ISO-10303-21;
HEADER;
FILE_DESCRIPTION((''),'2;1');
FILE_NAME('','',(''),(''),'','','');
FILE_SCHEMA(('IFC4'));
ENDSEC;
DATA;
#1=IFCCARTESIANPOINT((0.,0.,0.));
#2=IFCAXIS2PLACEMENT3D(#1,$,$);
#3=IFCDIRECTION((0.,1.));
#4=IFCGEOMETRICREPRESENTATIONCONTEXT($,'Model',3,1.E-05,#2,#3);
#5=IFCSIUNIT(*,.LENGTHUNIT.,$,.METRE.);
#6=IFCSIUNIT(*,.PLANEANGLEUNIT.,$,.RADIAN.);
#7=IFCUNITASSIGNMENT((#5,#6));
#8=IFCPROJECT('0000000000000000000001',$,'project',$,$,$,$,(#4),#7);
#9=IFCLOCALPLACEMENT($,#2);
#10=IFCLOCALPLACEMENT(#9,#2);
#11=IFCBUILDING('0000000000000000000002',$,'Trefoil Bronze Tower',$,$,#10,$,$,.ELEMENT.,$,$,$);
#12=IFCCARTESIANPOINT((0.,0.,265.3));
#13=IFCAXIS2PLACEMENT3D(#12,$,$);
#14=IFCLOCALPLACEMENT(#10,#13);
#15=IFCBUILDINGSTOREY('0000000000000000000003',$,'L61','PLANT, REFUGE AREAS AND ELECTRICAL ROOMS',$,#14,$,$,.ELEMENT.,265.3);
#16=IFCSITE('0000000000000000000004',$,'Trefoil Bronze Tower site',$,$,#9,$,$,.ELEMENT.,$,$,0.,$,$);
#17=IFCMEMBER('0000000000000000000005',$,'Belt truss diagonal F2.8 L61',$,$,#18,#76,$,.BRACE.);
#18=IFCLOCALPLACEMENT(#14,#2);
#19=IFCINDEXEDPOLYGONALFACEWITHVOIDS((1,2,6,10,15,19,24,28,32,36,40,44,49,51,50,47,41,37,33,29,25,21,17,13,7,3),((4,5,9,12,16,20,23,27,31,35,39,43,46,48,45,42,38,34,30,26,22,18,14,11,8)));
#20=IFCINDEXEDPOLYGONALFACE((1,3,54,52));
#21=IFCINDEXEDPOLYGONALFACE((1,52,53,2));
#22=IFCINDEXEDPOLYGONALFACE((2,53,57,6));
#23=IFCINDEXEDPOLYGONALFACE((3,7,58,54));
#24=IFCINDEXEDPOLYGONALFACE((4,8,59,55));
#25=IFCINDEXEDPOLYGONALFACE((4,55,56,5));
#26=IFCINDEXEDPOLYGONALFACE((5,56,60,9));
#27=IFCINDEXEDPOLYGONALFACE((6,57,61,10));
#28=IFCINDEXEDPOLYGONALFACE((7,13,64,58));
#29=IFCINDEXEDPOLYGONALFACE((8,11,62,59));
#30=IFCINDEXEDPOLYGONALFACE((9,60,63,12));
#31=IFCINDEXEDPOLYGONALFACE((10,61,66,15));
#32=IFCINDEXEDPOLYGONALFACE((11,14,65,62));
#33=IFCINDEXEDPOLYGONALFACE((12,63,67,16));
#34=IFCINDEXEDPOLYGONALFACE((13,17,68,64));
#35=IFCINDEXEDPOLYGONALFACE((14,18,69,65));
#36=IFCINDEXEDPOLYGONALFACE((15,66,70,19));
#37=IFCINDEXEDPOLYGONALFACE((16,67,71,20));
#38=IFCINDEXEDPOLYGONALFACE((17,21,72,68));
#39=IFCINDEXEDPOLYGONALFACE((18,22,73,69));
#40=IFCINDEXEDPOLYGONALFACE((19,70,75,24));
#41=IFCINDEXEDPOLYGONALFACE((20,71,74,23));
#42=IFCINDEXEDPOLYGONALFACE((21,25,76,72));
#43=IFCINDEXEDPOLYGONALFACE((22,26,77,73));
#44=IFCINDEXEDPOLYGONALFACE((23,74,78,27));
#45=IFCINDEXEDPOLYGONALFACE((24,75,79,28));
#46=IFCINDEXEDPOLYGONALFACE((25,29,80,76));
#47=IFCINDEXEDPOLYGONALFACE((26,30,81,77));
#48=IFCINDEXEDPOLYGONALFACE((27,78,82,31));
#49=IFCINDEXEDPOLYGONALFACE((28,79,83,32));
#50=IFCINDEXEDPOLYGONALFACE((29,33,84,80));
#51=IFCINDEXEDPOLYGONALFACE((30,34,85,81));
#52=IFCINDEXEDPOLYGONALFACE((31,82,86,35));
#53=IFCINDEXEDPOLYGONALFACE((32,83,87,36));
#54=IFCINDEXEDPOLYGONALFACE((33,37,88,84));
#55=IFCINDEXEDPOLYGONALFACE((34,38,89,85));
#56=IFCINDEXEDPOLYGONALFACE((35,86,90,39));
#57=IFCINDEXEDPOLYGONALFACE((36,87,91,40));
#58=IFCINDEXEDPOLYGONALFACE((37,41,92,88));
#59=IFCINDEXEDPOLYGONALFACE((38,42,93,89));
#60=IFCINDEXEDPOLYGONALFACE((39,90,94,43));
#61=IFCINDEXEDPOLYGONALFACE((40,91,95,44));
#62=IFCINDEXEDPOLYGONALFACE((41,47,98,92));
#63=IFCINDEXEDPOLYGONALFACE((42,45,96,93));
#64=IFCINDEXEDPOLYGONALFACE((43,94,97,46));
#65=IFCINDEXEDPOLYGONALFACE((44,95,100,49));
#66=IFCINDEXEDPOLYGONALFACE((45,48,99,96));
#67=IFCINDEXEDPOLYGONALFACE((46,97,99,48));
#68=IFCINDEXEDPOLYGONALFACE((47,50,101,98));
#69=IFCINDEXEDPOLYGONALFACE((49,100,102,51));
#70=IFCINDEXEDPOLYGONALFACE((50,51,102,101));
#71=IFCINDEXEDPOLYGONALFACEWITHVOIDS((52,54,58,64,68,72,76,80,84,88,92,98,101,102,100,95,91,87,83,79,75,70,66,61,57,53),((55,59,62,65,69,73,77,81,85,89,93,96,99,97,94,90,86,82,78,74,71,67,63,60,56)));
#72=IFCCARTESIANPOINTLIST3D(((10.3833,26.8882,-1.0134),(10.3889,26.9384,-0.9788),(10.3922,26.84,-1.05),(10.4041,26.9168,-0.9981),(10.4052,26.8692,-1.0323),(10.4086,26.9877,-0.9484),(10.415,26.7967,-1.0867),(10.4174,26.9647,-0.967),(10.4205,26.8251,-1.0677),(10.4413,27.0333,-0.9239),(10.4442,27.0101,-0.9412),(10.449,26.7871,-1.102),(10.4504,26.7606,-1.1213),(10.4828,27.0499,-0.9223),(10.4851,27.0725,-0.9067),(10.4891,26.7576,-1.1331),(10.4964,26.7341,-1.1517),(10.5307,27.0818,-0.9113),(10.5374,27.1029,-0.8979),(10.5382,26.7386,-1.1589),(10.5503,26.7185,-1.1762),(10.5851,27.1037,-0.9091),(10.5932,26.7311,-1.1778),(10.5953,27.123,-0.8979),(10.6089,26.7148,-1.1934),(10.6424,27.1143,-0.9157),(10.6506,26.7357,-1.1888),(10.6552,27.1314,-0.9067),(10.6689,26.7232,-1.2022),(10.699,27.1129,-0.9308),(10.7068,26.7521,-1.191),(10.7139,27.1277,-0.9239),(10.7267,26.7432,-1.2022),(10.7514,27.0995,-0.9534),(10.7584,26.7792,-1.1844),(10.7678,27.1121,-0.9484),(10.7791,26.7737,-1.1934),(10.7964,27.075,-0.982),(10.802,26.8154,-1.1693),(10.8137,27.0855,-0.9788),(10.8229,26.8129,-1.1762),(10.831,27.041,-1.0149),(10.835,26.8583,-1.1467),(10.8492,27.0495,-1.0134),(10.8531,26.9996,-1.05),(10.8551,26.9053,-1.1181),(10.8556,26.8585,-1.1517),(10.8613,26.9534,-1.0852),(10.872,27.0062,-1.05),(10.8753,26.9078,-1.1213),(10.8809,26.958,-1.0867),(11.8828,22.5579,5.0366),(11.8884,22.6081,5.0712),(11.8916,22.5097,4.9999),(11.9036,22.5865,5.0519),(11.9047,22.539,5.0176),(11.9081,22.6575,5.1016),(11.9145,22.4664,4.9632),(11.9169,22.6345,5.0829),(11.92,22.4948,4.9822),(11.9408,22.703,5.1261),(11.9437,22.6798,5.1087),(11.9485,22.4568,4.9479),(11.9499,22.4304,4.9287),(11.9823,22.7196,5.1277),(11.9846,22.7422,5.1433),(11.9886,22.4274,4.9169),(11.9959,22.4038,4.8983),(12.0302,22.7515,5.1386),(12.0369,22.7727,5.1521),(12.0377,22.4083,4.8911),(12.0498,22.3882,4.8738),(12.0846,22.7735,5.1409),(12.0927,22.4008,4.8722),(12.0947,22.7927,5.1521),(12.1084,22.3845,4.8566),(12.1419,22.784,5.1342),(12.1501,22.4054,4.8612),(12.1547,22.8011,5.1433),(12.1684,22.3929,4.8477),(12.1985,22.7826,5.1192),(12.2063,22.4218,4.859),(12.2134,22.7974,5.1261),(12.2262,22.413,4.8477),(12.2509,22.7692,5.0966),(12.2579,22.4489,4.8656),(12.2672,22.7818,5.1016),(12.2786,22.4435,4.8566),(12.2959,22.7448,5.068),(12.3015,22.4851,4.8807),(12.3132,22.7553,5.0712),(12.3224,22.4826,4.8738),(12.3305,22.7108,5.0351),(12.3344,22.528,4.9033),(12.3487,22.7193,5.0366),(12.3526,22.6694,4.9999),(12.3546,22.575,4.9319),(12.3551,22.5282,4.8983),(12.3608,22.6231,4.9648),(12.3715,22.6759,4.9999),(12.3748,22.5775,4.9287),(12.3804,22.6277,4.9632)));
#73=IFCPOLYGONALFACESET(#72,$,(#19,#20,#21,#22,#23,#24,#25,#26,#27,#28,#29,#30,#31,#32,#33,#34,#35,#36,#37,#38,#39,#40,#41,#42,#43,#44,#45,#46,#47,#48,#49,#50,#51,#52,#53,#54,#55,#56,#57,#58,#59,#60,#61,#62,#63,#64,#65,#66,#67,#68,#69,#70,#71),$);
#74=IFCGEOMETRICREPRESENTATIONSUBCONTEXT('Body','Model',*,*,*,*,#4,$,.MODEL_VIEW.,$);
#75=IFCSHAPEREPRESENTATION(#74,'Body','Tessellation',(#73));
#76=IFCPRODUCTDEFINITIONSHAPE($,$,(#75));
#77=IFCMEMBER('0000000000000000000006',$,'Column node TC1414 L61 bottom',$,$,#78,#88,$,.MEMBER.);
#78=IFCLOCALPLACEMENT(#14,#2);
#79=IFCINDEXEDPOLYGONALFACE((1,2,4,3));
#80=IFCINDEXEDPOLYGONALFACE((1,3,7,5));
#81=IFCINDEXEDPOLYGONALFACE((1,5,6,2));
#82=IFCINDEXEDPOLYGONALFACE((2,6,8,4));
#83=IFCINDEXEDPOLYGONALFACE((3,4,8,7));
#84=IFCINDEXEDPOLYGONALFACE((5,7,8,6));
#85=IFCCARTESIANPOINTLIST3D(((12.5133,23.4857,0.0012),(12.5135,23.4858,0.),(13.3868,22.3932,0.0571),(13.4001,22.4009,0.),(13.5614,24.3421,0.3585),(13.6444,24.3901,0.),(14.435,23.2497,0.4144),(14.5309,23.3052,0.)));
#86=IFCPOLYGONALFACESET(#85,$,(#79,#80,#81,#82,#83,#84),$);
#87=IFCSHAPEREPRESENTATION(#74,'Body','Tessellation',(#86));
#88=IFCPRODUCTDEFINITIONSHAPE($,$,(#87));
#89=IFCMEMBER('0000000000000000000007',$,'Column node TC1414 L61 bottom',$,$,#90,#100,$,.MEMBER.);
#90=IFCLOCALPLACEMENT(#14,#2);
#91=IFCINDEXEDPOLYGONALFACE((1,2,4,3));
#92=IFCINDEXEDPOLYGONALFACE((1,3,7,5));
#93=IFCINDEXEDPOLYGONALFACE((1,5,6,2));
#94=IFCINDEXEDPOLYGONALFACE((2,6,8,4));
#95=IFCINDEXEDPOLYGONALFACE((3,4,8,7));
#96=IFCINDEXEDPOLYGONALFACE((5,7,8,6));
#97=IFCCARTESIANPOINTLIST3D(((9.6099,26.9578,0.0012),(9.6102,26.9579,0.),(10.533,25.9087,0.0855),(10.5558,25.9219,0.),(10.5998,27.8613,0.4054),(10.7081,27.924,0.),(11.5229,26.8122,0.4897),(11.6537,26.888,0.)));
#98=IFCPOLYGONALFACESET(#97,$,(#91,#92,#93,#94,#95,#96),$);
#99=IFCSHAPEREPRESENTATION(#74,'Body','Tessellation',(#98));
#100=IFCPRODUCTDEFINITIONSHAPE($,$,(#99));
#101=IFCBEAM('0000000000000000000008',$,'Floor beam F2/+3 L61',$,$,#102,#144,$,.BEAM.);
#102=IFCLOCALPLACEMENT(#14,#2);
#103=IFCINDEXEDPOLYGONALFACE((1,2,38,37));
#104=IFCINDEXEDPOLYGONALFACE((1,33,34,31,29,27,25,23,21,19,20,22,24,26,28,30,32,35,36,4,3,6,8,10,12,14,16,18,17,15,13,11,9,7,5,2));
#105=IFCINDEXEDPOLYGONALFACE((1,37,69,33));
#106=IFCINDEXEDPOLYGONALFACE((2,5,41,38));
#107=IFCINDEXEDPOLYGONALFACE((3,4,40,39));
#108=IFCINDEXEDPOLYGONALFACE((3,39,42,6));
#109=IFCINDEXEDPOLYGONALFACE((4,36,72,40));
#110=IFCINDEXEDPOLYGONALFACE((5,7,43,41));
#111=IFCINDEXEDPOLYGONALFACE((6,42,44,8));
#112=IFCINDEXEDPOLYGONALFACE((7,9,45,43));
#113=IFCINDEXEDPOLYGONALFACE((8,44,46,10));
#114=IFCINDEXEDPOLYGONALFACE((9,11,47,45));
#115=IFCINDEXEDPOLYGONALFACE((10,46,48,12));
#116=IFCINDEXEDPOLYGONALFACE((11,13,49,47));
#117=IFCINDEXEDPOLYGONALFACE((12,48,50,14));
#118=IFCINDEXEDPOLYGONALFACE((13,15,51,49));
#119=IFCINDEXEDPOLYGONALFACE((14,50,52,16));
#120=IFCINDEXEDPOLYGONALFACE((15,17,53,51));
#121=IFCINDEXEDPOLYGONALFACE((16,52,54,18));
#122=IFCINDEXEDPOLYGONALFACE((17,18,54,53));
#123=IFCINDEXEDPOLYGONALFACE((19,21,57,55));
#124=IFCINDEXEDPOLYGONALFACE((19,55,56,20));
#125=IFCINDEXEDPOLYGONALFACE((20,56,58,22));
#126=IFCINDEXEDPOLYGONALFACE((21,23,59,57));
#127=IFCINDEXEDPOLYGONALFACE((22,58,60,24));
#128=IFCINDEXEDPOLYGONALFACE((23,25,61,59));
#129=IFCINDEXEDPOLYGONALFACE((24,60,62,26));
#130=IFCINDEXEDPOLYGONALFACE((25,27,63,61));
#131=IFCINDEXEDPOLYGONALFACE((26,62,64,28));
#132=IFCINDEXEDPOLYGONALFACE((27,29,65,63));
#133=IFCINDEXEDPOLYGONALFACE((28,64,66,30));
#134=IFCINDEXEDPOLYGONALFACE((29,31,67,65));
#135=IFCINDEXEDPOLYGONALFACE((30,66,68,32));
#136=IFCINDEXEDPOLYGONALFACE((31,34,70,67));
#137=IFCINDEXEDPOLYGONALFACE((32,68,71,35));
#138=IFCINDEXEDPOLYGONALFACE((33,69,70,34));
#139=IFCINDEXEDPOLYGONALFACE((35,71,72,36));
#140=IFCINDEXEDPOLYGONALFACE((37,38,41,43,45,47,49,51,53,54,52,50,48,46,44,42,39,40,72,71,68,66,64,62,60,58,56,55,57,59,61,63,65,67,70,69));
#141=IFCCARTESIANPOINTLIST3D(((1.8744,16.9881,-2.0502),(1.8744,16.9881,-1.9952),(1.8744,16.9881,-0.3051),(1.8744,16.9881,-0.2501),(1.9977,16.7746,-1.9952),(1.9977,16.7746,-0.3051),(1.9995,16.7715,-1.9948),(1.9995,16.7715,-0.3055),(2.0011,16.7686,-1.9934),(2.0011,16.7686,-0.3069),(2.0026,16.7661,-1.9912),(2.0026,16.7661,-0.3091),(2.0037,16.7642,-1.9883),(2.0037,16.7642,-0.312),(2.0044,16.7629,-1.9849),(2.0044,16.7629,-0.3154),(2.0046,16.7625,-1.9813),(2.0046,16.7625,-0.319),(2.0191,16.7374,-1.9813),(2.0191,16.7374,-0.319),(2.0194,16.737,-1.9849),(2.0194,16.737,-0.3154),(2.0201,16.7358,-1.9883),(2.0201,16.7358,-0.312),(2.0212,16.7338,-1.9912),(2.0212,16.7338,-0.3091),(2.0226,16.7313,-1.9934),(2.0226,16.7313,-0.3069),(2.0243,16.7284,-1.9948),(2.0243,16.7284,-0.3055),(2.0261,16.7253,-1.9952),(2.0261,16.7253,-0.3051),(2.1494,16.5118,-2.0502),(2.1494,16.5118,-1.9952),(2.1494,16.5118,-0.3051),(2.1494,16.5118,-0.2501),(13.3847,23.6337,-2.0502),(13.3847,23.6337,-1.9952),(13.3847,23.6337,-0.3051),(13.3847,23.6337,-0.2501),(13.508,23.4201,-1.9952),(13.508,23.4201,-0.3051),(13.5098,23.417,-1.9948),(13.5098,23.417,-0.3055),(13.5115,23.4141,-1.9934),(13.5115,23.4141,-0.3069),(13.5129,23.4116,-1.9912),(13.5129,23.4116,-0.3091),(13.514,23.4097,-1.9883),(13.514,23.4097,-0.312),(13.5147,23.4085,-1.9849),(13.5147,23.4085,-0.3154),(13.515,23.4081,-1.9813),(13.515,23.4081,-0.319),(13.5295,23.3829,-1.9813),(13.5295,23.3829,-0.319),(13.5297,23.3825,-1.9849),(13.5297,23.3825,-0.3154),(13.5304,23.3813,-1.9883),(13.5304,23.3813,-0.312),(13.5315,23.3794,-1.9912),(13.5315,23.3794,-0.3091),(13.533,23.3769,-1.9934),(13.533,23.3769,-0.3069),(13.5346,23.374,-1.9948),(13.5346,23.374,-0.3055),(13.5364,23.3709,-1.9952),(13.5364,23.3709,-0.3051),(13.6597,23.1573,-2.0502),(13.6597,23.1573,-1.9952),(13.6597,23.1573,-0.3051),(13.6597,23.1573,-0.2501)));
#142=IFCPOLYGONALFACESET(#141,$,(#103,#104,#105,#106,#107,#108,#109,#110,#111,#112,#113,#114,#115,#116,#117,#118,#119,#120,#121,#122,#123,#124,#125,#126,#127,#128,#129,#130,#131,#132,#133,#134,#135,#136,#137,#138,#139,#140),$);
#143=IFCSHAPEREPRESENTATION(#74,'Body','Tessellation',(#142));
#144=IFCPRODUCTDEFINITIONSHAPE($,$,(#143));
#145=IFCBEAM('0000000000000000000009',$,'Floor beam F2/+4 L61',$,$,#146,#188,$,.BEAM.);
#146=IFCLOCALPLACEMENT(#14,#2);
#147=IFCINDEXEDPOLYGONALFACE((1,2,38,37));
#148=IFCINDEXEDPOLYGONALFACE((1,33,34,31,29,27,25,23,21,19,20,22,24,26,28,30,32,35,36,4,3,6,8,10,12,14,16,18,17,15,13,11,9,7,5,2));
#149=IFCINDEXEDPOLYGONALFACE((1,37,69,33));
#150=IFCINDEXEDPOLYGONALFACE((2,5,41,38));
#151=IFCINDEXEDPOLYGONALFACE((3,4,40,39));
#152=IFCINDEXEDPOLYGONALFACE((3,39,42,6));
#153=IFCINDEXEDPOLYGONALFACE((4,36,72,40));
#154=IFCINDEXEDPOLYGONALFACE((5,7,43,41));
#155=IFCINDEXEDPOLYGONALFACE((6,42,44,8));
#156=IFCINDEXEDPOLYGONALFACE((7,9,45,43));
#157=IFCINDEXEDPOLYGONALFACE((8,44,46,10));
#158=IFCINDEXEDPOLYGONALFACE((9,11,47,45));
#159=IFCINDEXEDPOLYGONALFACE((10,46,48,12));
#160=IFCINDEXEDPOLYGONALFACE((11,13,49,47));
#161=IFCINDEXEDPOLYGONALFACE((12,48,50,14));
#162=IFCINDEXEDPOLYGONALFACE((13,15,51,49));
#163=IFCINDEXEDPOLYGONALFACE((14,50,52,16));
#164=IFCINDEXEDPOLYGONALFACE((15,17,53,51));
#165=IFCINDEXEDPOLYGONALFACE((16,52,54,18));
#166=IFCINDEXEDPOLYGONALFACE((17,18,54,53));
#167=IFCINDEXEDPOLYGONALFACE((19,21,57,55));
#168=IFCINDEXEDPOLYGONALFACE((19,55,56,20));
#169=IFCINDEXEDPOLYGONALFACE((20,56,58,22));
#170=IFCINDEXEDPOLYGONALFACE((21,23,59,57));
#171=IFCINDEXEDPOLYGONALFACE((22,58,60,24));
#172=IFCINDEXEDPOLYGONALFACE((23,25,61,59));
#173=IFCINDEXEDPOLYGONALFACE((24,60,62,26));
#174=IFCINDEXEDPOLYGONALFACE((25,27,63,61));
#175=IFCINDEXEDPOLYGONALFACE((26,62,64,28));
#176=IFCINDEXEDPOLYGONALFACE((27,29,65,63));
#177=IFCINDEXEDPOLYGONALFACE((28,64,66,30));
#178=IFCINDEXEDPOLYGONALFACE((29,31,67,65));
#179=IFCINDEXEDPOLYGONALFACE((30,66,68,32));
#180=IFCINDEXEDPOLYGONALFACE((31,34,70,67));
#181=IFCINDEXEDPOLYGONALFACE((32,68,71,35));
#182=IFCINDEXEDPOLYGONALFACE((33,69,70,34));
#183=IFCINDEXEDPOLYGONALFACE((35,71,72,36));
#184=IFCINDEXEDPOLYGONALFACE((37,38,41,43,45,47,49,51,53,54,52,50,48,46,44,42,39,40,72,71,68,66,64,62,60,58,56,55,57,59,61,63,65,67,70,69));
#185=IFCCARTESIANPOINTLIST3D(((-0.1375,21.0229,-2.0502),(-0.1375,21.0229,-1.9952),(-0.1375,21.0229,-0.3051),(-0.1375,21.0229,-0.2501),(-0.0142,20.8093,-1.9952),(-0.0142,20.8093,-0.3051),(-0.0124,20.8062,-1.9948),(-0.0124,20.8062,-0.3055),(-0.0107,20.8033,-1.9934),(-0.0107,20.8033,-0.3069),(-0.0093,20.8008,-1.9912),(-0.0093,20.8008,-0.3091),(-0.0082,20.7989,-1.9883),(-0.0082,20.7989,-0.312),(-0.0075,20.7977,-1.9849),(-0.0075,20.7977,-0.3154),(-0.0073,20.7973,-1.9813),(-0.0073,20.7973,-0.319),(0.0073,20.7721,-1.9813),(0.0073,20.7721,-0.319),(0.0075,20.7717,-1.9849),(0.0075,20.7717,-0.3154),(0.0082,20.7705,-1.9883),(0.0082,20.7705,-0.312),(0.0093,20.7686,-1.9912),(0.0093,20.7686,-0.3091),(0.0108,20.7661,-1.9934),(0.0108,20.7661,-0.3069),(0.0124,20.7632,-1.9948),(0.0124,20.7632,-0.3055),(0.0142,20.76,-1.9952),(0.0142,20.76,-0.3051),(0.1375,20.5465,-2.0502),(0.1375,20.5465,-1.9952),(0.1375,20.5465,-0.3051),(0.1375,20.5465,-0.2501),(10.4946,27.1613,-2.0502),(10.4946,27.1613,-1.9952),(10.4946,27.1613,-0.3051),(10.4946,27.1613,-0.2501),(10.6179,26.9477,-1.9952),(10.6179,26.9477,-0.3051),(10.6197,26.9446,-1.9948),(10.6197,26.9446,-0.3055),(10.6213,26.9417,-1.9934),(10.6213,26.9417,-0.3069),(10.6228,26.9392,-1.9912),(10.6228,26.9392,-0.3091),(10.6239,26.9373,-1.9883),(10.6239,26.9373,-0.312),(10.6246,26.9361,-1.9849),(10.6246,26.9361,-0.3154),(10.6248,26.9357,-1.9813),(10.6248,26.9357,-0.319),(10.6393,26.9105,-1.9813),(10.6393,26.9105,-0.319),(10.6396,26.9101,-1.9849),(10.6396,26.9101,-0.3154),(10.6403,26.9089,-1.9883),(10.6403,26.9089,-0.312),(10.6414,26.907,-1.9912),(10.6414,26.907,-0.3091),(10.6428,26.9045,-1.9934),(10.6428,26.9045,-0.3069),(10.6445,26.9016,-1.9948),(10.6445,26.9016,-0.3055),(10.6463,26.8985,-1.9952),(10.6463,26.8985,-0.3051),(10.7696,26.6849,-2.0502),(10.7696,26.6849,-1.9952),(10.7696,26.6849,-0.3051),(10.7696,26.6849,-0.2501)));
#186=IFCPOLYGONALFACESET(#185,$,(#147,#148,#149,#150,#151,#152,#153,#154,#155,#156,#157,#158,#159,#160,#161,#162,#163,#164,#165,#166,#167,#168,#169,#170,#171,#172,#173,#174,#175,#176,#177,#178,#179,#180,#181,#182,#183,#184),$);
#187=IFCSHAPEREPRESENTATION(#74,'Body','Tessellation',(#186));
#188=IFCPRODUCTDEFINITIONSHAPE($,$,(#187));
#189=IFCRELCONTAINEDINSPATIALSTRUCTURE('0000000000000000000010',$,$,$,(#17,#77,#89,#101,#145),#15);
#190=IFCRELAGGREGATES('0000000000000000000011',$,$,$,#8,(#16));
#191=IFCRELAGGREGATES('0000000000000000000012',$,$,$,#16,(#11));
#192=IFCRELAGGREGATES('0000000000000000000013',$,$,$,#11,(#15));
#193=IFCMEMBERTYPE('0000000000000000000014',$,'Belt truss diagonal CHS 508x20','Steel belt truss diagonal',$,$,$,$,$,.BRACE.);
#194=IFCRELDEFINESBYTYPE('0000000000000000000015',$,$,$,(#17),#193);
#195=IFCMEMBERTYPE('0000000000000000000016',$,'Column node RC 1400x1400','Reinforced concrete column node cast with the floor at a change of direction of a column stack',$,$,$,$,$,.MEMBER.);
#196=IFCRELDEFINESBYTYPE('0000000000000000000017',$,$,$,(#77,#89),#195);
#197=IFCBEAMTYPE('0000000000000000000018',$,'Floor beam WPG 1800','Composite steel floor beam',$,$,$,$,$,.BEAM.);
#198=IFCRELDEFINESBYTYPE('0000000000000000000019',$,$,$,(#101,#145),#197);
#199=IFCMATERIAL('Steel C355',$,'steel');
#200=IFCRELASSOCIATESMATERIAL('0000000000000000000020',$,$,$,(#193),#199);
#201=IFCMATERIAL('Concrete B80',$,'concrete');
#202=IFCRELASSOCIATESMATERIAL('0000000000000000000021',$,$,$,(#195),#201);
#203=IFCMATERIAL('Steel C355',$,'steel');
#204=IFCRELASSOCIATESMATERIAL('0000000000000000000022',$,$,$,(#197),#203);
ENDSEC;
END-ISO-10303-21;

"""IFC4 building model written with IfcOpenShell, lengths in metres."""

from ifc_helpers import new_model, si_unit, direction, frame, origin, origin_2d, place, context, subcontext, project, spatial, rectangle, hollow_circle, i_section, extrude, clip, halfspace, material, material_profile, profile_set, type_object, element, save


model = new_model("IFC4")

# Units and contexts
model_context = context("Model", 3, precision=1e-05, world=origin(), true_north=direction((0.0, 1.0)))
body_context = subcontext(model_context, "Body", "Model", "MODEL_VIEW")
ifc_project = project(units=[si_unit("LENGTHUNIT", "METRE"), si_unit("PLANEANGLEUNIT", "RADIAN")], contexts=[model_context])

# Site, building, storey
site_placement = place(None, origin())
site = spatial("IfcSite", under=ifc_project, at=site_placement, Name="Trefoil Bronze Tower site", CompositionType="ELEMENT", RefElevation=0.0)
building_placement = place(site_placement, origin())
building = spatial("IfcBuilding", under=site, at=building_placement, Name="Trefoil Bronze Tower", CompositionType="ELEMENT")
storey_placement = place(building_placement, frame((0.0, 0.0, 265.3)))
storey = spatial("IfcBuildingStorey", under=building, at=storey_placement, Name="L61", Description="PLANT, REFUGE AREAS AND ELECTRICAL ROOMS", CompositionType="ELEMENT", Elevation=265.3)

# Members
ifc_material_1 = material(Name="Steel C355", Category="steel")
ifc_material_profile_1 = material_profile(ifc_material_1, hollow_circle(Radius=0.2539, WallThickness=0.02, at=origin_2d()), Name="CHS 508x20")
ifc_profile_set_1 = profile_set([ifc_material_profile_1], Name="Steel C355")
member_type_1 = type_object("IfcMemberType", Name="Belt truss diagonal CHS 508x20", Description="Steel belt truss diagonal", PredefinedType="BRACE", material=ifc_profile_set_1)
member_1_placement = place(storey_placement, frame((10.6321, 26.9231, -1.05), z_axis=(0.197572, -0.570554, 0.797141), x_axis=(0.944949, 0.327219, 0.0)))
element("IfcMember", 1, at=member_1_placement, inside=storey, type_object=member_type_1, Name="Belt truss diagonal F2.8 L61", PredefinedType="BRACE", context=body_context, shape_type="SweptSolid", body=[
    extrude(hollow_circle(Radius=0.2539, WallThickness=0.02, at=origin_2d()), origin(), (0.0, 0.0, 1.0), 7.5896),
])
ifc_material_2 = material(Name="Concrete B80", Category="concrete")
ifc_material_profile_2 = material_profile(ifc_material_2, rectangle(XDim=1.3999, YDim=1.3999, at=origin_2d()), Name="RC 1400x1400")
ifc_profile_set_2 = profile_set([ifc_material_profile_2], Name="Concrete B80")
member_type_2 = type_object("IfcMemberType", Name="Column node RC 1400x1400", Description="Reinforced concrete column node cast with the floor at a change of direction of a column stack", PredefinedType="MEMBER", material=ifc_profile_set_2)
member_2_placement = place(storey_placement, frame((13.5703, 23.4233, -0.2078), z_axis=(-0.223632, -0.129411, 0.966044), x_axis=(-0.624037, 0.780374, -0.039921)))
element("IfcMember", 2, at=member_2_placement, inside=storey, type_object=member_type_2, Name="Column node TC1414 L61 bottom", PredefinedType="MEMBER", context=body_context, shape_type="Clipping", body=[
    clip(extrude(rectangle(XDim=1.3999, YDim=1.3999, at=origin_2d()), origin(), (0.0, 0.0, 1.0), 0.4302), halfspace(frame((0.0, 0.0, 0.2151), z_axis=(-0.039921, -0.255274, 0.966044), x_axis=(0.0, 0.966815, 0.255478)), True)),
])
member_3_placement = place(storey_placement, frame((10.6975, 26.9609, -0.2454), z_axis=(-0.255275, -0.147841, 0.955499), x_axis=(-0.659386, 0.74939, -0.060214)))
element("IfcMember", 3, at=member_3_placement, inside=storey, type_object=member_type_2, Name="Column node TC1414 L61 bottom", PredefinedType="MEMBER", context=body_context, shape_type="Clipping", body=[
    clip(extrude(rectangle(XDim=1.3999, YDim=1.3999, at=origin_2d()), origin(), (0.0, 0.0, 1.0), 0.5137), halfspace(frame((0.0, 0.0, 0.2568), z_axis=(-0.060214, -0.288785, 0.955499), x_axis=(0.0, 0.957236, 0.28931)), True)),
])

# Beams
ifc_material_3 = material(Name="Steel C355", Category="steel")
ifc_material_profile_3 = material_profile(ifc_material_3, i_section(OverallWidth=0.55, OverallDepth=1.8, WebThickness=0.0291, FlangeThickness=0.0549, FilletRadius=0.0139, at=origin_2d()), Name="WPG 1800")
ifc_profile_set_3 = profile_set([ifc_material_profile_3], Name="Steel C355")
beam_type_1 = type_object("IfcBeamType", Name="Floor beam WPG 1800", Description="Composite steel floor beam", PredefinedType="BEAM", material=ifc_profile_set_3)
beam_1_placement = place(storey_placement, frame((13.5222, 23.3955, -1.1501), z_axis=(-0.866023, -0.500003, 0.0), x_axis=(0.500003, -0.866023, 0.0)))
element("IfcBeam", 4, at=beam_1_placement, inside=storey, type_object=beam_type_1, Name="Floor beam F2/+3 L61", PredefinedType="BEAM", context=body_context, shape_type="SweptSolid", body=[
    extrude(i_section(OverallWidth=0.55, OverallDepth=1.8, WebThickness=0.0291, FlangeThickness=0.0549, FilletRadius=0.0139, at=origin_2d()), origin(), (0.0, 0.0, 1.0), 13.291),
])
beam_2_placement = place(storey_placement, frame((10.6321, 26.9231, -1.1501), z_axis=(-0.866026, -0.5, 0.0), x_axis=(0.5, -0.866026, 0.0)))
element("IfcBeam", 5, at=beam_2_placement, inside=storey, type_object=beam_type_1, Name="Floor beam F2/+4 L61", PredefinedType="BEAM", context=body_context, shape_type="SweptSolid", body=[
    extrude(i_section(OverallWidth=0.55, OverallDepth=1.8, WebThickness=0.0291, FlangeThickness=0.0549, FilletRadius=0.0139, at=origin_2d()), origin(), (0.0, 0.0, 1.0), 12.2769),
])

save(model, "model.ifc")
